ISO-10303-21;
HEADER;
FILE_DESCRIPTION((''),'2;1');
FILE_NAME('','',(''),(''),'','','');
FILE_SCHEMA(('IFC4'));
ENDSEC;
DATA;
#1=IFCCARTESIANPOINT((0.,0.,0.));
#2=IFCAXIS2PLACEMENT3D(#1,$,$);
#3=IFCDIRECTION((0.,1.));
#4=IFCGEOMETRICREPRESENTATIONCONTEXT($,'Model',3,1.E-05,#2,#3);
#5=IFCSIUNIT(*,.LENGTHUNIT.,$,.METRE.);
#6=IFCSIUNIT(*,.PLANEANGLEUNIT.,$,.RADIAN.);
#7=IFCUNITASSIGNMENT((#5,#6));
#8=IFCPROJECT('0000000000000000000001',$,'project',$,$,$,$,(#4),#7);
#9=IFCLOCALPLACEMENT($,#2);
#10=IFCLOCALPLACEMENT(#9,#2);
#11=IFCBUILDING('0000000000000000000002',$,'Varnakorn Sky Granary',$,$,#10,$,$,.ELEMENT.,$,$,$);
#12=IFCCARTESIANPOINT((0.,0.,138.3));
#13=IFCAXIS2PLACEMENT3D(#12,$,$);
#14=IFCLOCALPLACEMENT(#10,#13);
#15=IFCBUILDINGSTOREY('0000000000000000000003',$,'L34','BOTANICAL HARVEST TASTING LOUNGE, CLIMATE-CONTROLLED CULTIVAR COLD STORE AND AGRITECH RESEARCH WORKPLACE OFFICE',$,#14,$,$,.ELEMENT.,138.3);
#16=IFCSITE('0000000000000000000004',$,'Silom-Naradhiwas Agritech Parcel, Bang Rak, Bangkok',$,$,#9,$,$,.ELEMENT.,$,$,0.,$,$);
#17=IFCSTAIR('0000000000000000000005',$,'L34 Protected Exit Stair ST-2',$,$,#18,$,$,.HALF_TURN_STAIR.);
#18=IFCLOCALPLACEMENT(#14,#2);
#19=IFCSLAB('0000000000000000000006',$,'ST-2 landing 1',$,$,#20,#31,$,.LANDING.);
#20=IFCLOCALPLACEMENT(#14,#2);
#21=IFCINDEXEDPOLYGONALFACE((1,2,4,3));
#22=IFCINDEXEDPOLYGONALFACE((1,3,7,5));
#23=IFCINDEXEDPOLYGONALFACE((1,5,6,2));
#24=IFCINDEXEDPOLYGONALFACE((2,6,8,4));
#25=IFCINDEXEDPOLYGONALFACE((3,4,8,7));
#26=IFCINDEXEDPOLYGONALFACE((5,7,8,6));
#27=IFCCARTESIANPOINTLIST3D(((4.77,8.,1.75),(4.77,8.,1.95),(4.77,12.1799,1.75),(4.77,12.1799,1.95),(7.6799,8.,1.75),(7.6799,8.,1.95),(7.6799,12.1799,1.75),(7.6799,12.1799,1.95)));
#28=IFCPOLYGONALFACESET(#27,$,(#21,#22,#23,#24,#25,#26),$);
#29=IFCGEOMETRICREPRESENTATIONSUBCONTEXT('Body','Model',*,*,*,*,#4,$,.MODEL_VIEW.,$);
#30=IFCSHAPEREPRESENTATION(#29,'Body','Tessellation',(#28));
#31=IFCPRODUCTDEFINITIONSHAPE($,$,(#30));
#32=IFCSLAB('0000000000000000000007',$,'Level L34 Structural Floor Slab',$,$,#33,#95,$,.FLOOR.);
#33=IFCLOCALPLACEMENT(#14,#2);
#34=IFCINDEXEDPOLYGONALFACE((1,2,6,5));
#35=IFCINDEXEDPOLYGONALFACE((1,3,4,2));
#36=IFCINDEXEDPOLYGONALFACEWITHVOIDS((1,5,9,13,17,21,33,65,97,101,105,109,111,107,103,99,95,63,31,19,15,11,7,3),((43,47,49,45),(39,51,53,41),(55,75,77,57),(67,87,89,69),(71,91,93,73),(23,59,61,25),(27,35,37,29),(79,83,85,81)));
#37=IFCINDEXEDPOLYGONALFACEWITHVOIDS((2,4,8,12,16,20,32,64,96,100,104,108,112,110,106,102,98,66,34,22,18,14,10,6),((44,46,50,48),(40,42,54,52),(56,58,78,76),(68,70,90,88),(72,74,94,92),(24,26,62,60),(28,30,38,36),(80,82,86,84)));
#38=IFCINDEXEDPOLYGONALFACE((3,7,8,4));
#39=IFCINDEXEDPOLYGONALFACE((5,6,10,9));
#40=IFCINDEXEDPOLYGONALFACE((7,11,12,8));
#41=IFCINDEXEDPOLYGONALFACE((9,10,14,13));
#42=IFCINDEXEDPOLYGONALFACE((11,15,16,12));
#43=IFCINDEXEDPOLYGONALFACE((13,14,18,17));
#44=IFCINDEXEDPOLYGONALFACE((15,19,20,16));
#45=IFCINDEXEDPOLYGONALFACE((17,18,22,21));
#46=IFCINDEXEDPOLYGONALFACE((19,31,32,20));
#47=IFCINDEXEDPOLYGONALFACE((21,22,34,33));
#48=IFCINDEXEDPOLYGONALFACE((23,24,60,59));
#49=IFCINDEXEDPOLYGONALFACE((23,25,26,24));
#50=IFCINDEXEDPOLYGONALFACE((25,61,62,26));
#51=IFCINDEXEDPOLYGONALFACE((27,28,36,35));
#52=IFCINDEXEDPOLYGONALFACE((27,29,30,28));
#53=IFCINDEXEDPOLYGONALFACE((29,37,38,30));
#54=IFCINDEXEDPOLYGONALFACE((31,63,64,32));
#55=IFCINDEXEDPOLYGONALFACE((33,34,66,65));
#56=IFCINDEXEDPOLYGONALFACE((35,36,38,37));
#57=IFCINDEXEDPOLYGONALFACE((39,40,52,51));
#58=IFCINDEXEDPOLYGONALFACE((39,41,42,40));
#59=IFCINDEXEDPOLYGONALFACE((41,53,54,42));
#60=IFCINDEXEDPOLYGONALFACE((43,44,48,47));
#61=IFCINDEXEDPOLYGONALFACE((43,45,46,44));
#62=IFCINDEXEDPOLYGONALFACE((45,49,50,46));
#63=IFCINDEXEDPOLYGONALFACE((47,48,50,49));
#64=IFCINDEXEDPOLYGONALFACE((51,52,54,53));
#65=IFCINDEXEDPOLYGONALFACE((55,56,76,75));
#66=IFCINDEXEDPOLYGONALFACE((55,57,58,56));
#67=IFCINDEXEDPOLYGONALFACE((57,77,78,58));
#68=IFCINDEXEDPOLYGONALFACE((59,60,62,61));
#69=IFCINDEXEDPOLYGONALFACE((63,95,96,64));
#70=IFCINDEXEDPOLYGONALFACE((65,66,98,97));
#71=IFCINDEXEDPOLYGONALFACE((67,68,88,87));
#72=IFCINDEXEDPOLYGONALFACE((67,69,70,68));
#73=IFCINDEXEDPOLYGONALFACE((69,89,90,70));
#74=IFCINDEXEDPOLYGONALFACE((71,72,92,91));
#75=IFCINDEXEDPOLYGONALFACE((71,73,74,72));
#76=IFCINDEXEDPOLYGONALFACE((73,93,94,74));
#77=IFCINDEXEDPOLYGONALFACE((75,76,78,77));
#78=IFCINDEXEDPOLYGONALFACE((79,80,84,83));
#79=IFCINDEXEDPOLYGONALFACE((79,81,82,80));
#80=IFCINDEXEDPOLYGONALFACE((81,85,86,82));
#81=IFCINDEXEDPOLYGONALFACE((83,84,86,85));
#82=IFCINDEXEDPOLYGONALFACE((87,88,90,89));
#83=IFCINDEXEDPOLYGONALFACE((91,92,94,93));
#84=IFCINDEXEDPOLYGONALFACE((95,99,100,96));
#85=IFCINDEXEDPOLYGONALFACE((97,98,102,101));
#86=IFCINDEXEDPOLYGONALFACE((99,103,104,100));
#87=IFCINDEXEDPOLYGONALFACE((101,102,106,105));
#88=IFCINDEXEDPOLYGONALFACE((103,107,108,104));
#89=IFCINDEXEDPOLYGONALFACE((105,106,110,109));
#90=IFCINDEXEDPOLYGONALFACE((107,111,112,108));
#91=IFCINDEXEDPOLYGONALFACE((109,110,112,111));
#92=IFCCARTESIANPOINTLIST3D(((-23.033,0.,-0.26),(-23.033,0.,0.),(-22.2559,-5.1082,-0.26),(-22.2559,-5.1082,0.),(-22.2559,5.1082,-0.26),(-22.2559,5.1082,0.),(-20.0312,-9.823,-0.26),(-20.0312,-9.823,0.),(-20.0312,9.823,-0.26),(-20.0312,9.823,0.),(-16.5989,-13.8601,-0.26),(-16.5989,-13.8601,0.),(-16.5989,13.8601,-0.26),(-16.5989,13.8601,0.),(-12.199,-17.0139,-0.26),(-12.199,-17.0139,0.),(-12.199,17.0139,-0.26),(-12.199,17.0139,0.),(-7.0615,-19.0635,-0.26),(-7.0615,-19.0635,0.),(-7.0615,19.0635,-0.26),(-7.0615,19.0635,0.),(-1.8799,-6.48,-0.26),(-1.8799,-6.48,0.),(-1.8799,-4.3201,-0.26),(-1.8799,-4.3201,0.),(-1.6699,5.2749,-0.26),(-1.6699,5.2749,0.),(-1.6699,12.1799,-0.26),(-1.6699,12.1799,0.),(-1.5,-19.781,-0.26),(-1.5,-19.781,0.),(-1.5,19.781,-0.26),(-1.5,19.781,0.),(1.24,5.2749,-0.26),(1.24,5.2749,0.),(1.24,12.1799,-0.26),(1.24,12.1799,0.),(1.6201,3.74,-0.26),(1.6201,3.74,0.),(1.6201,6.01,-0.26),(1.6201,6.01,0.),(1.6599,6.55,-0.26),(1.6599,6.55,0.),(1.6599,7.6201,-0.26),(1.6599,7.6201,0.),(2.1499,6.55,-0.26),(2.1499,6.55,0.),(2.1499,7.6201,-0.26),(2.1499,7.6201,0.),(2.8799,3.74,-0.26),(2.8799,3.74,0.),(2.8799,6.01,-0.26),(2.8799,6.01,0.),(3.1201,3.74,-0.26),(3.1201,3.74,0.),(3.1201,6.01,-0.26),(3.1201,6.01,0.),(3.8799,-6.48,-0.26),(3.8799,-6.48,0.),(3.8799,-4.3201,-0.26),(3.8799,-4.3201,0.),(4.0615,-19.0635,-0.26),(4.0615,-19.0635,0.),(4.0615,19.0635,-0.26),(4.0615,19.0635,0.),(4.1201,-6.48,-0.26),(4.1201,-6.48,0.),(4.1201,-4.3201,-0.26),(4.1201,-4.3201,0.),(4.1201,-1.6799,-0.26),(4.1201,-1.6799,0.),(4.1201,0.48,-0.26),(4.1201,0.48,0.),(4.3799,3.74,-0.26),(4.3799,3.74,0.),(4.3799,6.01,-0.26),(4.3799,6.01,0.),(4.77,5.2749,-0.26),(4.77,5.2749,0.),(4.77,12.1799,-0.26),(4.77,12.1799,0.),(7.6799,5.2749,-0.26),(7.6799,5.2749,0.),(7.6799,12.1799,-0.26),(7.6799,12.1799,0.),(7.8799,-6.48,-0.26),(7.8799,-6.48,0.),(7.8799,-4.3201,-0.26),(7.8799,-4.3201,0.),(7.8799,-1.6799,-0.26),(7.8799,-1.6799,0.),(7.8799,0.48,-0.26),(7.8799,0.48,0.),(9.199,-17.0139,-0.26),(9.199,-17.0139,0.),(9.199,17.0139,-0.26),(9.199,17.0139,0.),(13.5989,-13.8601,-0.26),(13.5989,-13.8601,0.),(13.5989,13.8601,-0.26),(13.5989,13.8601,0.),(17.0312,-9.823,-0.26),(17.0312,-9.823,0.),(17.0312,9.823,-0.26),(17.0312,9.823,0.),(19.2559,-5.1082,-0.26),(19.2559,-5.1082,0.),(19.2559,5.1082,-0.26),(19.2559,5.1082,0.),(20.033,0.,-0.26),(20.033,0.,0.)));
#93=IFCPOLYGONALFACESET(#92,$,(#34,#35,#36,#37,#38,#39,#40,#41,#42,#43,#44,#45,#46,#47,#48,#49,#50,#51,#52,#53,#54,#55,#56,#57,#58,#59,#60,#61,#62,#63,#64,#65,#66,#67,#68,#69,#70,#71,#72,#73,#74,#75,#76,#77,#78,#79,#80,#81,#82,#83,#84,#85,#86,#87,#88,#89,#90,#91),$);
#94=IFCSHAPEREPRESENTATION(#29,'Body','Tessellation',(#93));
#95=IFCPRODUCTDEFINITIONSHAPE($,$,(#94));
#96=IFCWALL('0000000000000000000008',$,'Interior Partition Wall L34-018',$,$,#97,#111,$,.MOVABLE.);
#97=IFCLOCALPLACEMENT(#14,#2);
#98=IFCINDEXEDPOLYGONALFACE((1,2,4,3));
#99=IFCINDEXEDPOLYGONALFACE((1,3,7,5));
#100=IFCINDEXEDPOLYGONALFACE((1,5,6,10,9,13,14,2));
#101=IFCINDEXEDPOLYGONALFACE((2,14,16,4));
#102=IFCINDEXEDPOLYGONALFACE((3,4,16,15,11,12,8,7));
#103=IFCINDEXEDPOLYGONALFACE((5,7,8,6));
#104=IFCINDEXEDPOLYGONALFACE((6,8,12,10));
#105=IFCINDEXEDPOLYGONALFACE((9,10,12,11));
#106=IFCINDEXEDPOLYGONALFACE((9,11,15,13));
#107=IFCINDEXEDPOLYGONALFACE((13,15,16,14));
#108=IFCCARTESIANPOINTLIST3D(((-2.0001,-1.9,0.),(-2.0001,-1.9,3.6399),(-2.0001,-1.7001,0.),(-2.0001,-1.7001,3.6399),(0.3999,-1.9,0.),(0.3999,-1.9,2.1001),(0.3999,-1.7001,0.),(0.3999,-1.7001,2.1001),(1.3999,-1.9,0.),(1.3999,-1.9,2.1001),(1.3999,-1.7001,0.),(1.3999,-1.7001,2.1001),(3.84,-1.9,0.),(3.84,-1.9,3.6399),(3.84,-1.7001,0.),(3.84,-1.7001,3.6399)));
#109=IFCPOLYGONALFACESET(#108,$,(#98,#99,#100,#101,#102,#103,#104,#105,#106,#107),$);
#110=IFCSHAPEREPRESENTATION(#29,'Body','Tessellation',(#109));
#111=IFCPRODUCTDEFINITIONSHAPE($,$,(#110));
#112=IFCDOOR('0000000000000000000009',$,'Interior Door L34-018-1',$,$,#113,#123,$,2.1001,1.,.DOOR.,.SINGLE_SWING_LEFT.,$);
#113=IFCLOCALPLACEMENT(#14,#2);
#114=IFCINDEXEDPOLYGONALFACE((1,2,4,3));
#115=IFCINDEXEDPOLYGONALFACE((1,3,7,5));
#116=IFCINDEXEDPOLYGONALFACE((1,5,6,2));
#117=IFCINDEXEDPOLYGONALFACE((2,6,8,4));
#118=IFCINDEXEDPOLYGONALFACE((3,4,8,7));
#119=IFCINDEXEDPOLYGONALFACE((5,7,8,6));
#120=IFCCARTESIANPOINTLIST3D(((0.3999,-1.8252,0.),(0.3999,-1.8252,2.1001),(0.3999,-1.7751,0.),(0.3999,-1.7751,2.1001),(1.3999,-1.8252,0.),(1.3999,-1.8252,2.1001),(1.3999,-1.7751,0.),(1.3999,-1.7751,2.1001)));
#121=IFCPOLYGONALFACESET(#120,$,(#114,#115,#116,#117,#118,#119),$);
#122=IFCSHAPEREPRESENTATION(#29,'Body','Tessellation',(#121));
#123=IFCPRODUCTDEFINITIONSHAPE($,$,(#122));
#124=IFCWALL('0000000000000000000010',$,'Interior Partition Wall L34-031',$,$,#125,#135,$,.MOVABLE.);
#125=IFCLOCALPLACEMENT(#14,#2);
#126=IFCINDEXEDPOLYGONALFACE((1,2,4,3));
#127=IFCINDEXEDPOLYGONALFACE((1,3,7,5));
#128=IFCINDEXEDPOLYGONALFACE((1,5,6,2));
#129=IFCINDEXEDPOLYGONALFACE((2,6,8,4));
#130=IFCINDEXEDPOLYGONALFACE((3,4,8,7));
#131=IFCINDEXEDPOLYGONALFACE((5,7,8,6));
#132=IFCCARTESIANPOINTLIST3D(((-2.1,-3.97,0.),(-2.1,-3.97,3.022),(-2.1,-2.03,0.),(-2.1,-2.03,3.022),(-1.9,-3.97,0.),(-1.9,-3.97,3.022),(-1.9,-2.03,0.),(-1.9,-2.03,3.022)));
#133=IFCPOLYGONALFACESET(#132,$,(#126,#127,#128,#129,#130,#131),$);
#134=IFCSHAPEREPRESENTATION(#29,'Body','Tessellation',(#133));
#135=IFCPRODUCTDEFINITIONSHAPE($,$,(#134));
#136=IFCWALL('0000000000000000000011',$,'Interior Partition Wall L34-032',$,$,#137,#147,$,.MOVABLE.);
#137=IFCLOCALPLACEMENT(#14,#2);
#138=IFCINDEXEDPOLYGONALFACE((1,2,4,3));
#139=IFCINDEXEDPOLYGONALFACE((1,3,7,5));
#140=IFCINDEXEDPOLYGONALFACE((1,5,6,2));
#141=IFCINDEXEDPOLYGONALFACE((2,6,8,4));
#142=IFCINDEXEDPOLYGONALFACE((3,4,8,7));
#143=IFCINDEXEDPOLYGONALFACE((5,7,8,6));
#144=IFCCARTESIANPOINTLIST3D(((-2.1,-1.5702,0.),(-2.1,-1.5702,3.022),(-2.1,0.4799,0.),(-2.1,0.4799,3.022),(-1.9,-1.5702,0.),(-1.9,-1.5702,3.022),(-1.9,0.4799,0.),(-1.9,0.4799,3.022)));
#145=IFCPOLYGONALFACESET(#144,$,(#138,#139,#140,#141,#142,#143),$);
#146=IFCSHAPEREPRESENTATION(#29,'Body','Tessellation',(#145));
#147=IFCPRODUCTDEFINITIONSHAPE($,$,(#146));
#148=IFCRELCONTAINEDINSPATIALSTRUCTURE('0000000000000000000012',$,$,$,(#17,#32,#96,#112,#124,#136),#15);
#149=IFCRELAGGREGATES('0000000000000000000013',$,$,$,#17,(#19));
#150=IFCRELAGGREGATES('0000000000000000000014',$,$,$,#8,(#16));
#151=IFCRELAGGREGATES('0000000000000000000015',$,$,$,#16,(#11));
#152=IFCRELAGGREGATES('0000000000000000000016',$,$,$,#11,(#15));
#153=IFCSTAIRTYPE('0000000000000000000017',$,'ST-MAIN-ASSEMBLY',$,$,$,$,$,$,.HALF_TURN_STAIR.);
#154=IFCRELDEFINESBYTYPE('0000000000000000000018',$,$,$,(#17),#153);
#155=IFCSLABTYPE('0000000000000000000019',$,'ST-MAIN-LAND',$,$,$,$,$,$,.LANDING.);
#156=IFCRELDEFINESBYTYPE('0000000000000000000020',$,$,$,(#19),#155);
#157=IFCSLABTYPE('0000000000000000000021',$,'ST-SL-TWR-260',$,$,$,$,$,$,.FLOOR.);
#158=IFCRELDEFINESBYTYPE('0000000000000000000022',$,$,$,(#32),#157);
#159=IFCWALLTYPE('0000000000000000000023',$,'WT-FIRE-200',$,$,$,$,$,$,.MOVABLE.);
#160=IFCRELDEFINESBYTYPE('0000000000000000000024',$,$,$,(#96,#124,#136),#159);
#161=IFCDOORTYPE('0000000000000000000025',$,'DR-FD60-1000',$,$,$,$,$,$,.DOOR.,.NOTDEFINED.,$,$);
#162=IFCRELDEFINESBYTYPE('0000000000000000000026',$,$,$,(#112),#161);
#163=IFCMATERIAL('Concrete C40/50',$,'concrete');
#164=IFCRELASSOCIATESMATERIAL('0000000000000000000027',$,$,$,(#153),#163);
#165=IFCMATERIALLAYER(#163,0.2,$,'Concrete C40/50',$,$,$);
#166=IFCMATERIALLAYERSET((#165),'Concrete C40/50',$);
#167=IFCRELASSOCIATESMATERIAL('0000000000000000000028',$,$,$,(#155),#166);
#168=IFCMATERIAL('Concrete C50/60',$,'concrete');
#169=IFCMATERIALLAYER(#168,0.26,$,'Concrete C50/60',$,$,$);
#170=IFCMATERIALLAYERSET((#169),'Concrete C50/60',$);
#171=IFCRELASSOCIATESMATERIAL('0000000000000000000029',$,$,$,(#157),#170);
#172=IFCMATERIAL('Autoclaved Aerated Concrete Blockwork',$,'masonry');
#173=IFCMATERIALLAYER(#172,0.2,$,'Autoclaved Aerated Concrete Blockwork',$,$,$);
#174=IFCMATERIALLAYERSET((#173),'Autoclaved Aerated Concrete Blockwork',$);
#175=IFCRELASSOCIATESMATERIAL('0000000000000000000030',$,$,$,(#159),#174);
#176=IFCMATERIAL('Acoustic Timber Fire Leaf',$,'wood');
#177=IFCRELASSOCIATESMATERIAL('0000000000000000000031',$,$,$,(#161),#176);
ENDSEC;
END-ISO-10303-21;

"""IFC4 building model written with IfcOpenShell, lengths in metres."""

from ifc_helpers import new_model, si_unit, direction, frame, frame_2d, origin, place, context, subcontext, project, spatial, polyline, rectangle, outline, extrude, material, layer, layer_set, type_object, element, fill, aggregate, save


model = new_model("IFC4")

# Units and contexts
model_context = context("Model", 3, precision=1e-05, world=origin(), true_north=direction((0.0, 1.0)))
body_context = subcontext(model_context, "Body", "Model", "MODEL_VIEW")
ifc_project = project(units=[si_unit("LENGTHUNIT", "METRE"), si_unit("PLANEANGLEUNIT", "RADIAN")], contexts=[model_context])

# Site, building, storey
site_placement = place(None, origin())
site = spatial("IfcSite", under=ifc_project, at=site_placement, Name="Silom-Naradhiwas Agritech Parcel, Bang Rak, Bangkok", CompositionType="ELEMENT", RefElevation=0.0)
building_placement = place(site_placement, origin())
building = spatial("IfcBuilding", under=site, at=building_placement, Name="Varnakorn Sky Granary", CompositionType="ELEMENT")
storey_placement = place(building_placement, frame((0.0, 0.0, 138.3)))
storey = spatial("IfcBuildingStorey", under=building, at=storey_placement, Name="L34", Description="BOTANICAL HARVEST TASTING LOUNGE, CLIMATE-CONTROLLED CULTIVAR COLD STORE AND AGRITECH RESEARCH WORKPLACE OFFICE", CompositionType="ELEMENT", Elevation=138.3)

# Shared definitions
ifc_material_1 = material(Name="Concrete C50/60", Category="concrete")

# Stair, slab
ifc_material_2 = material(Name="Concrete C40/50", Category="concrete")
stair_type = type_object("IfcStairType", Name="ST-MAIN-ASSEMBLY", PredefinedType="HALF_TURN_STAIR", material=ifc_material_2)
ifc_layer_1 = layer(ifc_material_2, 0.2, Name="Concrete C40/50")
ifc_layer_set_1 = layer_set([ifc_layer_1], Name="Concrete C40/50")
slab_type_1 = type_object("IfcSlabType", Name="ST-MAIN-LAND", PredefinedType="LANDING", material=ifc_layer_set_1)
stair_1_placement = place(storey_placement, origin())
stair_1 = element("IfcStair", 1, at=stair_1_placement, inside=storey, type_object=stair_type, Name="L34 Protected Exit Stair ST-2", PredefinedType="HALF_TURN_STAIR")
slab_1_placement = place(storey_placement, frame((0.0, 0.0, 1.75)))
slab_1 = element("IfcSlab", 2, at=slab_1_placement, type_object=slab_type_1, Name="ST-2 landing 1", PredefinedType="LANDING", context=body_context, shape_type="SweptSolid", body=[
    extrude(outline(polyline([(7.6799, 8.0), (7.6799, 12.1799), (4.77, 12.1799), (4.77, 8.0), (7.6799, 8.0)])), origin(), (0.0, 0.0, 1.0), 0.2),
])
aggregate(stair_1, [slab_1])

# Slab
ifc_layer_2 = layer(ifc_material_1, 0.26, Name="Concrete C50/60")
ifc_layer_set_2 = layer_set([ifc_layer_2], Name="Concrete C50/60")
slab_type_2 = type_object("IfcSlabType", Name="ST-SL-TWR-260", PredefinedType="FLOOR", material=ifc_layer_set_2)
slab_2_placement = place(storey_placement, frame((0.0, 0.0, -0.26)))
element("IfcSlab", 3, at=slab_2_placement, inside=storey, type_object=slab_type_2, Name="Level L34 Structural Floor Slab", PredefinedType="FLOOR", context=body_context, shape_type="SweptSolid", body=[
    extrude(outline(polyline([(20.033, 0.0), (19.2559, 5.1082), (17.0312, 9.823), (13.5989, 13.8601), (9.199, 17.0139), (4.0615, 19.0635), (-1.5, 19.781), (-7.0615, 19.0635), (-12.199, 17.0139), (-16.5989, 13.8601), (-20.0312, 9.823), (-22.2559, 5.1082), (-23.033, 0.0), (-22.2559, -5.1082), (-20.0312, -9.823), (-16.5989, -13.8601), (-12.199, -17.0139), (-7.0615, -19.0635), (-1.5, -19.781), (4.0615, -19.0635), (9.199, -17.0139), (13.5989, -13.8601), (17.0312, -9.823), (19.2559, -5.1082), (20.033, 0.0)]), holes=[polyline([(1.24, 5.2749), (1.24, 12.1799), (-1.6699, 12.1799), (-1.6699, 5.2749), (1.24, 5.2749)]), polyline([(7.6799, 5.2749), (7.6799, 12.1799), (4.77, 12.1799), (4.77, 5.2749), (7.6799, 5.2749)]), polyline([(1.6599, 6.55), (2.1499, 6.55), (2.1499, 7.6201), (1.6599, 7.6201), (1.6599, 6.55)]), polyline([(1.6201, 3.74), (2.8799, 3.74), (2.8799, 6.01), (1.6201, 6.01), (1.6201, 3.74)]), polyline([(3.1201, 3.74), (4.3799, 3.74), (4.3799, 6.01), (3.1201, 6.01), (3.1201, 3.74)]), polyline([(4.1201, -1.6799), (7.8799, -1.6799), (7.8799, 0.48), (4.1201, 0.48), (4.1201, -1.6799)]), polyline([(-1.8799, -6.48), (3.8799, -6.48), (3.8799, -4.3201), (-1.8799, -4.3201), (-1.8799, -6.48)]), polyline([(4.1201, -6.48), (7.8799, -6.48), (7.8799, -4.3201), (4.1201, -4.3201), (4.1201, -6.48)])]), origin(), (0.0, 0.0, 1.0), 0.26),
])

# Wall, opening, door
ifc_material_3 = material(Name="Autoclaved Aerated Concrete Blockwork", Category="masonry")
ifc_layer_3 = layer(ifc_material_3, 0.2, Name="Autoclaved Aerated Concrete Blockwork")
ifc_layer_set_3 = layer_set([ifc_layer_3], Name="Autoclaved Aerated Concrete Blockwork")
wall_type_1 = type_object("IfcWallType", Name="WT-FIRE-200", PredefinedType="MOVABLE", material=ifc_layer_set_3)
wall_1_placement = place(storey_placement, frame((-2.0, -1.8, 0.0), z_axis=(0.0, 0.0, 1.0), x_axis=(1.0, 0.0, 0.0)))
wall_1 = element("IfcWall", 4, at=wall_1_placement, inside=storey, type_object=wall_type_1, Name="Interior Partition Wall L34-018", PredefinedType="MOVABLE", context=body_context, shape_type="SweptSolid", body=[
    extrude(rectangle(XDim=5.8401, YDim=0.2, at=frame_2d((2.9199, 0.0))), origin(), (0.0, 0.0, 1.0), 3.6399),
])
opening_1_placement = place(wall_1_placement, frame((2.3999, 0.0, 0.0)))
opening_1 = element("IfcOpeningElement", 5, at=opening_1_placement, cuts=wall_1, PredefinedType="OPENING", context=body_context, shape_type="SweptSolid", body=[
    extrude(rectangle(XDim=1.0, YDim=2.1001, at=frame_2d((0.5, 1.05))), frame((0.0, 0.1099, 0.0), z_axis=(0.0, -1.0, 0.0), x_axis=(1.0, 0.0, 0.0)), (0.0, 0.0, 1.0), 0.22),
])
ifc_material_4 = material(Name="Acoustic Timber Fire Leaf", Category="wood")
door_type_1 = type_object("IfcDoorType", Name="DR-FD60-1000", OperationType="NOTDEFINED", PredefinedType="DOOR", material=ifc_material_4)
door_1_placement = place(opening_1_placement, origin())
door_1 = element("IfcDoor", 6, at=door_1_placement, inside=storey, type_object=door_type_1, Name="Interior Door L34-018-1", OperationType="SINGLE_SWING_LEFT", OverallHeight=2.1001, OverallWidth=1.0, PredefinedType="DOOR", context=body_context, shape_type="SweptSolid", body=[
    extrude(rectangle(XDim=1.0, YDim=2.1001, at=frame_2d((0.5, 1.05))), frame((0.0, 0.0249, 0.0), z_axis=(0.0, -1.0, 0.0), x_axis=(1.0, 0.0, 0.0)), (0.0, 0.0, 1.0), 0.05),
])
fill(opening_1, door_1)

# Walls
wall_2_placement = place(storey_placement, frame((-2.0, -3.97, 0.0), z_axis=(0.0, 0.0, 1.0), x_axis=(0.0, 1.0, 0.0)))
element("IfcWall", 7, at=wall_2_placement, inside=storey, type_object=wall_type_1, Name="Interior Partition Wall L34-031", PredefinedType="MOVABLE", context=body_context, shape_type="SweptSolid", body=[
    extrude(rectangle(XDim=1.9399, YDim=0.2, at=frame_2d((0.97, 0.0))), origin(), (0.0, 0.0, 1.0), 3.022),
])
wall_3_placement = place(storey_placement, frame((-2.0, -1.5701, 0.0), z_axis=(0.0, 0.0, 1.0), x_axis=(0.0, 1.0, 0.0)))
element("IfcWall", 8, at=wall_3_placement, inside=storey, type_object=wall_type_1, Name="Interior Partition Wall L34-032", PredefinedType="MOVABLE", context=body_context, shape_type="SweptSolid", body=[
    extrude(rectangle(XDim=2.05, YDim=0.2, at=frame_2d((1.0249, 0.0))), origin(), (0.0, 0.0, 1.0), 3.022),
])

save(model, "model.ifc")
